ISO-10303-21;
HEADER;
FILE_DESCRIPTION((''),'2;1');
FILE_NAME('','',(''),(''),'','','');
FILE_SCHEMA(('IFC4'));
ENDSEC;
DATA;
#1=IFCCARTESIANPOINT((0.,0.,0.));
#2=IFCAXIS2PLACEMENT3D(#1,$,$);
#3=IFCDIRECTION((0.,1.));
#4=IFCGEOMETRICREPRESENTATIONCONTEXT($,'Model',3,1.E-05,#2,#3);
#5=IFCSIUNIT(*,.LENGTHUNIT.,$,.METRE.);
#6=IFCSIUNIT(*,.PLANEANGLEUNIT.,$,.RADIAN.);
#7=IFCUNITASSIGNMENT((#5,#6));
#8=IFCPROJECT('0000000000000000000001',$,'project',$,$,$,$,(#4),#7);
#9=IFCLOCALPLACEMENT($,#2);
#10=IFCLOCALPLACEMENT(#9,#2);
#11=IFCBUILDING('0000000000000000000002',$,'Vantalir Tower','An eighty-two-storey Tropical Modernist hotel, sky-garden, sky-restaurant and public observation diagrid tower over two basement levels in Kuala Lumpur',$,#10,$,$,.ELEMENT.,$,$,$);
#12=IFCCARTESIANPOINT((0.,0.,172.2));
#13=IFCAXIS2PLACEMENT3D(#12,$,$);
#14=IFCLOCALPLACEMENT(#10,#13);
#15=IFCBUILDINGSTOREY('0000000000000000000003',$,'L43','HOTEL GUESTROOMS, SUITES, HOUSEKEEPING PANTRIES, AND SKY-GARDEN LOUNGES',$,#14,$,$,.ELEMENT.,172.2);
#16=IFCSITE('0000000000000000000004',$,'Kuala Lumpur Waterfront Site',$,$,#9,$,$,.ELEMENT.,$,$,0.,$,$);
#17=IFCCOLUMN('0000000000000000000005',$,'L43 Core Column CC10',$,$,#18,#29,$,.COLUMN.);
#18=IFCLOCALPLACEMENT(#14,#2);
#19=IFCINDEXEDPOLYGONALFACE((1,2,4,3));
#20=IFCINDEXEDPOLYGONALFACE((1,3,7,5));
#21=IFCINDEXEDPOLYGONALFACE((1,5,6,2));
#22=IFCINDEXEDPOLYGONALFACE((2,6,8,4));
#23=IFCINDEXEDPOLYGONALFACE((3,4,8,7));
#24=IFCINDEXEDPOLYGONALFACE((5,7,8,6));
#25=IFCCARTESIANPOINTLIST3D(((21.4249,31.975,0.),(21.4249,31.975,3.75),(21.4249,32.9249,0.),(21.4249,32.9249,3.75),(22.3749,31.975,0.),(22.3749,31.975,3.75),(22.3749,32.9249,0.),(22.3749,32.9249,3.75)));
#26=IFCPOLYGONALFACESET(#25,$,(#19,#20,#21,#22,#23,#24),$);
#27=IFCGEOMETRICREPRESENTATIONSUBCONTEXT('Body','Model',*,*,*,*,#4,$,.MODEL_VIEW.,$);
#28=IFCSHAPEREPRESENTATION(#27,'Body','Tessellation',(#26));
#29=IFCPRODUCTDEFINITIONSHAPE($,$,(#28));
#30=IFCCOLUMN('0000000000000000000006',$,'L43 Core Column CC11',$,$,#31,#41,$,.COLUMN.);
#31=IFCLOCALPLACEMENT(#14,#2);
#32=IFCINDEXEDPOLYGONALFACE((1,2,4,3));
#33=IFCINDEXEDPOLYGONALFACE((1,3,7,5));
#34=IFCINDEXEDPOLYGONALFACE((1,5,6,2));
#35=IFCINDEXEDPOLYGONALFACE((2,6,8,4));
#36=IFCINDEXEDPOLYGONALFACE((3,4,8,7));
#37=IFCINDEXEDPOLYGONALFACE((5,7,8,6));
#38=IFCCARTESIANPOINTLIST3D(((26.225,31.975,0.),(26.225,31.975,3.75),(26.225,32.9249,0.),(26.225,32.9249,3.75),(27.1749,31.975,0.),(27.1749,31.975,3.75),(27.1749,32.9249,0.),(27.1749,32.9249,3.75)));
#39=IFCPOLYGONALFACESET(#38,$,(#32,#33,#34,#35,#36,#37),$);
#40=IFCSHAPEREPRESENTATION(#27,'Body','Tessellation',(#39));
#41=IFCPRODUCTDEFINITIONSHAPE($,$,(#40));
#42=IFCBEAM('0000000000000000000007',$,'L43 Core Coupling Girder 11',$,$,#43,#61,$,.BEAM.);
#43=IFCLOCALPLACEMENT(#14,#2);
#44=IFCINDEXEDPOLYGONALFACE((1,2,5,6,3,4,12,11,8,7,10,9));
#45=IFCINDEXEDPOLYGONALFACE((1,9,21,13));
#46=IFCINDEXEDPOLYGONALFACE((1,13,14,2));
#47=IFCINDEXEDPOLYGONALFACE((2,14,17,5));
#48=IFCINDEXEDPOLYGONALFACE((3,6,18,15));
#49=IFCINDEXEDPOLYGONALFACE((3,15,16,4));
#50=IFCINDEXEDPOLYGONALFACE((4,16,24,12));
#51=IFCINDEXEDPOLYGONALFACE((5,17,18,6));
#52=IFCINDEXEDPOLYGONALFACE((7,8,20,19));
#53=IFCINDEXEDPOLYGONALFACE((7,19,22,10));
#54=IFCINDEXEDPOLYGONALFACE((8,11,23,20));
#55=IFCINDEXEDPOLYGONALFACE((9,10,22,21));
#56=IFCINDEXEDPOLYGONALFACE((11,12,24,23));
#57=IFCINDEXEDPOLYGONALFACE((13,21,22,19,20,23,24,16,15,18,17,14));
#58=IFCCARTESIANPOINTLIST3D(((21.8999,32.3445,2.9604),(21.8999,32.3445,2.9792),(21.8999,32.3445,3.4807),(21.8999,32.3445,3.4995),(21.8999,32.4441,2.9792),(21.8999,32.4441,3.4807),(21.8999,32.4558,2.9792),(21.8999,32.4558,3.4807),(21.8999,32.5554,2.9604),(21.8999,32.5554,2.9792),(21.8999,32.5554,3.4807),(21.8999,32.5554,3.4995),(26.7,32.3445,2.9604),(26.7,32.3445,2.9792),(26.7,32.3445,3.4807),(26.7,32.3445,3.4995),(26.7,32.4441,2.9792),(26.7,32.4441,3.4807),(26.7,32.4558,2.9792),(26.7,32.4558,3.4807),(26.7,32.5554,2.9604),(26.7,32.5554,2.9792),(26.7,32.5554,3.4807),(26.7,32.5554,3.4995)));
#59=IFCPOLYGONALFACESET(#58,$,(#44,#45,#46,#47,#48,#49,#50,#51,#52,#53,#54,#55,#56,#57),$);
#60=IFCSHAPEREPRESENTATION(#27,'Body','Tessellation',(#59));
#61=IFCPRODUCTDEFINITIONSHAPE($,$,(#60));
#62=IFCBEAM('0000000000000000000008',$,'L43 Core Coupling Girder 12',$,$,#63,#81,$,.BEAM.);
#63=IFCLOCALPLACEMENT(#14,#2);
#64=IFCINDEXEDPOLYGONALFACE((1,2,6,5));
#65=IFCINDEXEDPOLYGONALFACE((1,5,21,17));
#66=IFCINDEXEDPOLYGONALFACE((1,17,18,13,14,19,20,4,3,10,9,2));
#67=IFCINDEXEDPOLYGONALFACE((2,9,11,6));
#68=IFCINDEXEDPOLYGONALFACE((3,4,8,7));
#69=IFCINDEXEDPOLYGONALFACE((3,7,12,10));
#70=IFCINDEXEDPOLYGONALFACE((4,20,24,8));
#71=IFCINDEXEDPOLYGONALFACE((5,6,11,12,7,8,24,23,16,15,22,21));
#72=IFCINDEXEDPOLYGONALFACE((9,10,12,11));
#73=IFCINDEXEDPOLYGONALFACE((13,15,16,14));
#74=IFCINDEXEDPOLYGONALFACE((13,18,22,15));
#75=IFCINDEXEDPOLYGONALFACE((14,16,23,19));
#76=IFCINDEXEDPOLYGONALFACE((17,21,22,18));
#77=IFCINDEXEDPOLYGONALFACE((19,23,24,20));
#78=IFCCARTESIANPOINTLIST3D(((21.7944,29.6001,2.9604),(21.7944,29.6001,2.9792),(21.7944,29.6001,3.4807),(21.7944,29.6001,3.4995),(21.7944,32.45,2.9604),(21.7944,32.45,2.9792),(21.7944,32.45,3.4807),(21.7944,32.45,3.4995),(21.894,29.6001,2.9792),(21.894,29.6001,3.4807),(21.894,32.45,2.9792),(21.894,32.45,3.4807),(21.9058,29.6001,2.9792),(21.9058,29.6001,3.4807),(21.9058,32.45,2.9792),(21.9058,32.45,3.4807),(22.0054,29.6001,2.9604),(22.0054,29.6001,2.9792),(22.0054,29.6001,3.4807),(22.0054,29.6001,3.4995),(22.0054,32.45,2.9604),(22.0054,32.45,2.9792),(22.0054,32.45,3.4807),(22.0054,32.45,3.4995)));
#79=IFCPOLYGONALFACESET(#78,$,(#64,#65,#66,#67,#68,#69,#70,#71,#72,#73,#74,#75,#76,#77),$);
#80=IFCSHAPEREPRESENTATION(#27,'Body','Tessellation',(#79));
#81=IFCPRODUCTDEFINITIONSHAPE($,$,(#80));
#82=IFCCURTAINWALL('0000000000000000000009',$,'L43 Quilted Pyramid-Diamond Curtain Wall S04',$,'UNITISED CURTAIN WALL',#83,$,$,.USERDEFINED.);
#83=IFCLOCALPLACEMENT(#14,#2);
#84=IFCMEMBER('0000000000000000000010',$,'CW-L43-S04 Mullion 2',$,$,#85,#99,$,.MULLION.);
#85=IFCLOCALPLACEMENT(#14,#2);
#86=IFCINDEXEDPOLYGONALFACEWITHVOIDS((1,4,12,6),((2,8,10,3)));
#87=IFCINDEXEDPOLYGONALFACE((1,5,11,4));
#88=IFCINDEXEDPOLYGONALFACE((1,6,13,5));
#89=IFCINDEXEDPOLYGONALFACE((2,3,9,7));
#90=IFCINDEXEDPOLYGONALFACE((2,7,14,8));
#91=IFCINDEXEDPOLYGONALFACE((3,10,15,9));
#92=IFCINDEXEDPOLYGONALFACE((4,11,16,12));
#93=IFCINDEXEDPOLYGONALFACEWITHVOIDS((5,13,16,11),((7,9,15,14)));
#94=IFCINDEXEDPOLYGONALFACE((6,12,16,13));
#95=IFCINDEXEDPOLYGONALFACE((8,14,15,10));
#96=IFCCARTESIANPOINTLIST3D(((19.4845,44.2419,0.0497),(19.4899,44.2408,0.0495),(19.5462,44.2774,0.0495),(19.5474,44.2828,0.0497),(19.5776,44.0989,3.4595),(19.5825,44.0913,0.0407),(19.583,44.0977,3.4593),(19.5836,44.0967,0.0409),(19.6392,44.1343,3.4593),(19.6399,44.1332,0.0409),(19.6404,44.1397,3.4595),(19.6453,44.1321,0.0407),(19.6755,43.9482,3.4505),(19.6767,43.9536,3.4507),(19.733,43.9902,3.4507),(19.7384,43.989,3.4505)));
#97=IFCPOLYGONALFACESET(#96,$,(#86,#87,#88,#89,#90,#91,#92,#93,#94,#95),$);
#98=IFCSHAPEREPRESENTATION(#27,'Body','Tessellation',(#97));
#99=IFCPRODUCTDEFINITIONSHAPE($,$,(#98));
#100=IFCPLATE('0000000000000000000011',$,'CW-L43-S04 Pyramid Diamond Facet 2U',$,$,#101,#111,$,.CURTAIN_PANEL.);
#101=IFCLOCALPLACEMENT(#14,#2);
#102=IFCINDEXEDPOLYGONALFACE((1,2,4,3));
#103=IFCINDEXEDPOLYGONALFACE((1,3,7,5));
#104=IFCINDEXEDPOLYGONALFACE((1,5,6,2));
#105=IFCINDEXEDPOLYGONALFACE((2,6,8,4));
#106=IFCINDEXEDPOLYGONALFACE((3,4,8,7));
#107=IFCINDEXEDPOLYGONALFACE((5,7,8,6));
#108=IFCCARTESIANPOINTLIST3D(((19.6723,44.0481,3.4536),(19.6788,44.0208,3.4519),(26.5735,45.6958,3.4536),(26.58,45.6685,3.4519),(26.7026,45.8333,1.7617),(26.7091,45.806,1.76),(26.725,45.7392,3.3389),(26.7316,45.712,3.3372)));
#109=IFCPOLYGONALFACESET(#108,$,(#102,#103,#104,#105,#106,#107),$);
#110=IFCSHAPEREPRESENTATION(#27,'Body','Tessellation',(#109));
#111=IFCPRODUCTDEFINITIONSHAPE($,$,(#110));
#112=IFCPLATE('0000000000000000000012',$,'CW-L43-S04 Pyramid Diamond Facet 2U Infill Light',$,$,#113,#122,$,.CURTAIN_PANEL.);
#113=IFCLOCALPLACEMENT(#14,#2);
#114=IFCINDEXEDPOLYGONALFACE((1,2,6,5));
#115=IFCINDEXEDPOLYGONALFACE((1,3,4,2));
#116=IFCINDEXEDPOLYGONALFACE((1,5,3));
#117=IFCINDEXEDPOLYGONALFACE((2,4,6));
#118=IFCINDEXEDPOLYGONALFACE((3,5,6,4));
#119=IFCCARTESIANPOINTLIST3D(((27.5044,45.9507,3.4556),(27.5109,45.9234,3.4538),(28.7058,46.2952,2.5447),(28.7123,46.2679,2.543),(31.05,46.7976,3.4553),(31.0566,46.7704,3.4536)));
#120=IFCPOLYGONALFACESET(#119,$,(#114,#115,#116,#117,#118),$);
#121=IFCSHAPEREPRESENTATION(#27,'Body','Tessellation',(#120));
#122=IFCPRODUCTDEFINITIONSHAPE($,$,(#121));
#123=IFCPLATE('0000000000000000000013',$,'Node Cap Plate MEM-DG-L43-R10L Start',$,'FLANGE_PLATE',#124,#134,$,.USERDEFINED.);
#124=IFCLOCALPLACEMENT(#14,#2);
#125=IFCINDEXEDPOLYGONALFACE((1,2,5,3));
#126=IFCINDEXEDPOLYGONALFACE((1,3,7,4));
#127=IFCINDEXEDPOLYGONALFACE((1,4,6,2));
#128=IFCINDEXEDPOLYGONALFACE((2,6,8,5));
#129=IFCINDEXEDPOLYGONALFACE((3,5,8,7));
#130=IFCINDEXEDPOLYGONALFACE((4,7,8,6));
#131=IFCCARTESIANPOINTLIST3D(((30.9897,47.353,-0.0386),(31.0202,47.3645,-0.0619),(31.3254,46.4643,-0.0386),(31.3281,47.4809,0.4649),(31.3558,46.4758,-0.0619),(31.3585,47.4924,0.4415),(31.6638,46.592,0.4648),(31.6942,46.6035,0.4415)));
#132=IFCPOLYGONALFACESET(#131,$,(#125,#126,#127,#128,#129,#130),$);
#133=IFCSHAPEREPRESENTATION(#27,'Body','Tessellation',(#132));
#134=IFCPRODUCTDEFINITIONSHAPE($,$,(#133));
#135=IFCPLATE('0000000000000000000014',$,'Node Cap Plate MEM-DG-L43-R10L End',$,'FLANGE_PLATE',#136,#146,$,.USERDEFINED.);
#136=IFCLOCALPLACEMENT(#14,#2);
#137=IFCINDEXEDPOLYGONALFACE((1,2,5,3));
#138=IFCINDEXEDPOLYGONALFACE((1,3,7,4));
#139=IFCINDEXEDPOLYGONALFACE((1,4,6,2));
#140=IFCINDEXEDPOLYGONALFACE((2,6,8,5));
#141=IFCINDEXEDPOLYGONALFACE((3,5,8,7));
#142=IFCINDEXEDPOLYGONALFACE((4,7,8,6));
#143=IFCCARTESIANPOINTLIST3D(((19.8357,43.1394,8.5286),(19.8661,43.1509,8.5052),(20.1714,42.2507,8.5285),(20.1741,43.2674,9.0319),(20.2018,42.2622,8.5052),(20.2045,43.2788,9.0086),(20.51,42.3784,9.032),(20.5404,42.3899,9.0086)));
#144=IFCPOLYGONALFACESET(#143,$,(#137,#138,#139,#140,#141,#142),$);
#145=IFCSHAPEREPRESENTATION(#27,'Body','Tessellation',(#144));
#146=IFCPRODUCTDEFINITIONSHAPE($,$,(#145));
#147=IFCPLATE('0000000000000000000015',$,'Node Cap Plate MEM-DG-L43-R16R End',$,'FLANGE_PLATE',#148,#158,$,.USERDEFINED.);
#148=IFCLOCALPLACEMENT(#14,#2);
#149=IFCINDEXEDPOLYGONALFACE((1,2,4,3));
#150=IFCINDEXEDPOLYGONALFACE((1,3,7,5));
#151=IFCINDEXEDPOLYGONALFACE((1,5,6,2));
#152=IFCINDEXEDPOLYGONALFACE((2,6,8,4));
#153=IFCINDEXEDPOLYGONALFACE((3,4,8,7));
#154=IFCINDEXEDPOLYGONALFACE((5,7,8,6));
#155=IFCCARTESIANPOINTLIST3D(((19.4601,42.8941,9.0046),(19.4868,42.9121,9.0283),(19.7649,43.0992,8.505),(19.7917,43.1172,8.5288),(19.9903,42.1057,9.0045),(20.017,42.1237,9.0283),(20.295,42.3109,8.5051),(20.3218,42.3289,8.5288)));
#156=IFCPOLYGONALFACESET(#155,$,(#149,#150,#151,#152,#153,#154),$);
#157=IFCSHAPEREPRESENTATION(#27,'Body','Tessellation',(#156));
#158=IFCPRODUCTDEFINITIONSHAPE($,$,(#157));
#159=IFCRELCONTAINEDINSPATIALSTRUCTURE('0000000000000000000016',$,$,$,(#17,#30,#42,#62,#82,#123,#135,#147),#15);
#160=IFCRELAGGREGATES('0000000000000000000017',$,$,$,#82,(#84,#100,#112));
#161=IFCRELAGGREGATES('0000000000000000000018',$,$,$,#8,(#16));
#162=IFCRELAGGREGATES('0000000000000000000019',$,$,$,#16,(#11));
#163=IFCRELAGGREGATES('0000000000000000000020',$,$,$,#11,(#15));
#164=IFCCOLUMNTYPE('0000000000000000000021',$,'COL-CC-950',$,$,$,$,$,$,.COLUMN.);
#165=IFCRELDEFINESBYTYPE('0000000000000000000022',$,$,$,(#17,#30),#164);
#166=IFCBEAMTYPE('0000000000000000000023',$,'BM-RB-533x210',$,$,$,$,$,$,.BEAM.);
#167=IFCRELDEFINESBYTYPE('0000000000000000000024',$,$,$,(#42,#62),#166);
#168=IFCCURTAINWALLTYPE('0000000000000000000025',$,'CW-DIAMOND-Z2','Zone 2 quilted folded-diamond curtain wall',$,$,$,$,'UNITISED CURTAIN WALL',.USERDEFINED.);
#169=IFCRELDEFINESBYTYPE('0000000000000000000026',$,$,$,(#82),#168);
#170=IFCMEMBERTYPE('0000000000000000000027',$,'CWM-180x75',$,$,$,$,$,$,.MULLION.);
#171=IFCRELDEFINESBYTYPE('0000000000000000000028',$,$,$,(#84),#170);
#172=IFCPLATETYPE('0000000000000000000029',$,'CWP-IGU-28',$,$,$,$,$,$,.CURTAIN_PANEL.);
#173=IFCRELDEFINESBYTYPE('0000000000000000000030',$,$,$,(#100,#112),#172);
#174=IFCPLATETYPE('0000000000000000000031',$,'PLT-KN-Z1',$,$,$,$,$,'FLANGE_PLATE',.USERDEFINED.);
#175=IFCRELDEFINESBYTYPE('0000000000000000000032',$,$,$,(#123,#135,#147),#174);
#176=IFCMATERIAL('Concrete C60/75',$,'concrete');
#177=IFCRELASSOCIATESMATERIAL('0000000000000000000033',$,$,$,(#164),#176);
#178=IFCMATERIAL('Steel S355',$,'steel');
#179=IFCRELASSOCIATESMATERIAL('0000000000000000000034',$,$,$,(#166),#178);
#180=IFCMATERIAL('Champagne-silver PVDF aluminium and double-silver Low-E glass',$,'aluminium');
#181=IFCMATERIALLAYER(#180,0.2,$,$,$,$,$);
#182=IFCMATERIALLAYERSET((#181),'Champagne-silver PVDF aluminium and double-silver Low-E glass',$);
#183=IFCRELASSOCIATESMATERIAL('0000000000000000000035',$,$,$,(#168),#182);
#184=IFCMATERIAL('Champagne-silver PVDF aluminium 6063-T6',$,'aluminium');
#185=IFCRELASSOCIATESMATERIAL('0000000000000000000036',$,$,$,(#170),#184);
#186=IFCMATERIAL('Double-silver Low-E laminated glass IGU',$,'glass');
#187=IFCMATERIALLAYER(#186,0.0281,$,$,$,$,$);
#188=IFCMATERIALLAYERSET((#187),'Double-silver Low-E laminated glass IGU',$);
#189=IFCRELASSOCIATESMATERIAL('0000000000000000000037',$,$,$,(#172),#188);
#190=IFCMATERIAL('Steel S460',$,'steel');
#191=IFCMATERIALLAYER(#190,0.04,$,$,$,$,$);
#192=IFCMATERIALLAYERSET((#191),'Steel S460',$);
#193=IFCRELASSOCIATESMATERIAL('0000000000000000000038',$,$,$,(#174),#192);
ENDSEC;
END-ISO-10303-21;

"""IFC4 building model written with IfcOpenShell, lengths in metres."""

from ifc_helpers import new_model, si_unit, direction, frame, origin, origin_2d, place, context, subcontext, project, spatial, polyline, rectangle, hollow_rectangle, i_section, outline, extrude, material, layer, layer_set, material_profile, profile_set, type_object, element, aggregate, save


model = new_model("IFC4")

# Units and contexts
model_context = context("Model", 3, precision=1e-05, world=origin(), true_north=direction((0.0, 1.0)))
body_context = subcontext(model_context, "Body", "Model", "MODEL_VIEW")
ifc_project = project(units=[si_unit("LENGTHUNIT", "METRE"), si_unit("PLANEANGLEUNIT", "RADIAN")], contexts=[model_context])

# Site, building, storey
site_placement = place(None, origin())
site = spatial("IfcSite", under=ifc_project, at=site_placement, Name="Kuala Lumpur Waterfront Site", CompositionType="ELEMENT", RefElevation=0.0)
building_placement = place(site_placement, origin())
building = spatial("IfcBuilding", under=site, at=building_placement, Name="Vantalir Tower", Description="An eighty-two-storey Tropical Modernist hotel, sky-garden, sky-restaurant and public observation diagrid tower over two basement levels in Kuala Lumpur", CompositionType="ELEMENT")
storey_placement = place(building_placement, frame((0.0, 0.0, 172.2)))
storey = spatial("IfcBuildingStorey", under=building, at=storey_placement, Name="L43", Description="HOTEL GUESTROOMS, SUITES, HOUSEKEEPING PANTRIES, AND SKY-GARDEN LOUNGES", CompositionType="ELEMENT", Elevation=172.2)

# Columns
ifc_material_1 = material(Name="Concrete C60/75", Category="concrete")
ifc_material_profile_1 = material_profile(ifc_material_1, rectangle(XDim=0.95, YDim=0.95, at=origin_2d()), Name="Concrete C60/75")
ifc_profile_set_1 = profile_set([ifc_material_profile_1], Name="Concrete C60/75")
column_type = type_object("IfcColumnType", Name="COL-CC-950", PredefinedType="COLUMN", material=ifc_profile_set_1)
for number, where, z_axis, x_axis, name in (
    (1, (21.8999, 32.45, 0.0), (0.0, 0.0, 1.0), (1.0, 0.0, 0.0), "L43 Core Column CC10"),
    (2, (26.7, 32.45, 0.0), (0.0, 0.0, 1.0), (1.0, 0.0, 0.0), "L43 Core Column CC11"),
):
    element("IfcColumn", number, at=place(storey_placement, frame(where, z_axis=z_axis, x_axis=x_axis)), inside=storey, type_object=column_type, Name=name, PredefinedType="COLUMN", context=body_context, shape_type="SweptSolid", body=[
        extrude(rectangle(XDim=0.95, YDim=0.95, at=origin_2d()), origin(), (0.0, 0.0, 1.0), 3.75),
    ])

# Beams
ifc_material_2 = material(Name="Steel S355", Category="steel")
ifc_material_profile_2 = material_profile(ifc_material_2, i_section(OverallWidth=0.2109, OverallDepth=0.5391, WebThickness=0.0117, FlangeThickness=0.0188, at=origin_2d()), Name="Steel S355")
ifc_profile_set_2 = profile_set([ifc_material_profile_2], Name="Steel S355")
beam_type = type_object("IfcBeamType", Name="BM-RB-533x210", PredefinedType="BEAM", material=ifc_profile_set_2)
beam_1_placement = place(storey_placement, frame((26.7, 32.45, 3.23), z_axis=(-1.0, 0.0, 0.0), x_axis=(0.0, -1.0, 0.0)))
element("IfcBeam", 3, at=beam_1_placement, inside=storey, type_object=beam_type, Name="L43 Core Coupling Girder 11", PredefinedType="BEAM", context=body_context, shape_type="SweptSolid", body=[
    extrude(i_section(OverallWidth=0.2109, OverallDepth=0.5391, WebThickness=0.0117, FlangeThickness=0.0188, at=origin_2d()), origin(), (0.0, 0.0, 1.0), 4.8),
])
beam_2_placement = place(storey_placement, frame((21.8999, 32.45, 3.23), z_axis=(0.0, -1.0, 0.0), x_axis=(1.0, 0.0, 0.0)))
element("IfcBeam", 4, at=beam_2_placement, inside=storey, type_object=beam_type, Name="L43 Core Coupling Girder 12", PredefinedType="BEAM", context=body_context, shape_type="SweptSolid", body=[
    extrude(i_section(OverallWidth=0.2109, OverallDepth=0.5391, WebThickness=0.0117, FlangeThickness=0.0188, at=origin_2d()), origin(), (0.0, 0.0, 1.0), 2.8499),
])

# Curtain wall, member, plates
ifc_material_3 = material(Name="Champagne-silver PVDF aluminium and double-silver Low-E glass", Category="aluminium")
ifc_layer_1 = layer(ifc_material_3, 0.2)
ifc_layer_set_1 = layer_set([ifc_layer_1], Name="Champagne-silver PVDF aluminium and double-silver Low-E glass")
curtain_wall_type = type_object("IfcCurtainWallType", Name="CW-DIAMOND-Z2", Description="Zone 2 quilted folded-diamond curtain wall", ElementType="UNITISED CURTAIN WALL", PredefinedType="USERDEFINED", material=ifc_layer_set_1)
curtain_wall_placement = place(storey_placement, origin())
curtain_wall = element("IfcCurtainWall", 5, at=curtain_wall_placement, inside=storey, type_object=curtain_wall_type, Name="L43 Quilted Pyramid-Diamond Curtain Wall S04", ObjectType="UNITISED CURTAIN WALL", PredefinedType="USERDEFINED")
ifc_material_4 = material(Name="Champagne-silver PVDF aluminium 6063-T6", Category="aluminium")
ifc_material_profile_3 = material_profile(ifc_material_4, hollow_rectangle(XDim=0.075, YDim=0.1799, WallThickness=0.0039, at=origin_2d()), Name="Champagne-silver PVDF aluminium 6063-T6")
ifc_profile_set_3 = profile_set([ifc_material_profile_3], Name="Champagne-silver PVDF aluminium 6063-T6")
member_type = type_object("IfcMemberType", Name="CWM-180x75", PredefinedType="MULLION", material=ifc_profile_set_3)
member_placement = place(storey_placement, frame((19.5649, 44.187, 0.0452), z_axis=(0.027244, -0.041904, 0.99875), x_axis=(0.838378, 0.545089, 0.0)))
member = element("IfcMember", 6, at=member_placement, type_object=member_type, Name="CW-L43-S04 Mullion 2", PredefinedType="MULLION", context=body_context, shape_type="SweptSolid", body=[
    extrude(hollow_rectangle(XDim=0.075, YDim=0.1799, WallThickness=0.0039, at=origin_2d()), origin(), (0.0, 0.0, 1.0), 3.4141),
])
ifc_material_5 = material(Name="Double-silver Low-E laminated glass IGU", Category="glass")
ifc_layer_2 = layer(ifc_material_5, 0.0281)
ifc_layer_set_2 = layer_set([ifc_layer_2], Name="Double-silver Low-E laminated glass IGU")
plate_type_1 = type_object("IfcPlateType", Name="CWP-IGU-28", PredefinedType="CURTAIN_PANEL", material=ifc_layer_set_2)
plate_1_placement = place(storey_placement, frame((26.5735, 45.6958, 3.4536), z_axis=(-0.2318, 0.970838, 0.061177), x_axis=(-0.97266, -0.232235, 0.000002)))
plate_1 = element("IfcPlate", 7, at=plate_1_placement, type_object=plate_type_1, Name="CW-L43-S04 Pyramid Diamond Facet 2U", PredefinedType="CURTAIN_PANEL", context=body_context, shape_type="SweptSolid", body=[
    extrude(outline(polyline([(0.0, 0.0), (7.0952, 0.0), (-0.1575, -1.6951), (-0.1575, -0.1149), (0.0, 0.0)])), origin(), (0.0, 0.0, -1.0), 0.0281),
])
plate_2_placement = place(storey_placement, frame((31.05, 46.7976, 3.4553), z_axis=(-0.231886, 0.97081, 0.061298), x_axis=(-0.972638, -0.232327, 0.000067)))
plate_2 = element("IfcPlate", 8, at=plate_2_placement, type_object=plate_type_1, Name="CW-L43-S04 Pyramid Diamond Facet 2U Infill Light", PredefinedType="CURTAIN_PANEL", context=body_context, shape_type="SweptSolid", body=[
    extrude(outline(polyline([(0.0, 0.0), (3.6454, 0.0), (2.3968, -0.9125), (0.0, 0.0)])), origin(), (0.0, 0.0, -1.0), 0.0281),
])
aggregate(curtain_wall, [member, plate_1, plate_2])

# Plates
ifc_material_6 = material(Name="Steel S460", Category="steel")
ifc_layer_3 = layer(ifc_material_6, 0.04)
ifc_layer_set_3 = layer_set([ifc_layer_3], Name="Steel S460")
plate_type_2 = type_object("IfcPlateType", Name="PLT-KN-Z1", ElementType="FLANGE_PLATE", PredefinedType="USERDEFINED", material=ifc_layer_set_3)
plate_3_placement = place(storey_placement, frame((30.9897, 47.353, -0.0386), z_axis=(-0.759724, -0.286944, 0.583508), x_axis=(0.353348, -0.935492, 0.000022)))
element("IfcPlate", 9, at=plate_3_placement, inside=storey, type_object=plate_type_2, Name="Node Cap Plate MEM-DG-L43-R10L Start", ObjectType="FLANGE_PLATE", PredefinedType="USERDEFINED", context=body_context, shape_type="SweptSolid", body=[
    extrude(outline(polyline([(0.0, 0.0), (0.95, 0.0), (0.9501, 0.6199), (-0.0001, 0.6199), (0.0, 0.0)])), origin(), (0.0, 0.0, -1.0), 0.04),
])
plate_4_placement = place(storey_placement, frame((19.8357, 43.1394, 8.5286), z_axis=(-0.759608, -0.287005, 0.583629), x_axis=(0.353422, -0.935464, -0.000035)))
element("IfcPlate", 10, at=plate_4_placement, inside=storey, type_object=plate_type_2, Name="Node Cap Plate MEM-DG-L43-R10L End", ObjectType="FLANGE_PLATE", PredefinedType="USERDEFINED", context=body_context, shape_type="SweptSolid", body=[
    extrude(outline(polyline([(0.0, 0.0), (0.95, 0.0), (0.9502, 0.62), (-0.0001, 0.6199), (0.0, 0.0)])), origin(), (0.0, 0.0, -1.0), 0.04),
])
plate_5_placement = place(storey_placement, frame((20.3218, 42.3289, 8.5288), z_axis=(0.66848, 0.449552, 0.592484), x_axis=(-0.558015, 0.829831, -0.000051)))
element("IfcPlate", 11, at=plate_5_placement, inside=storey, type_object=plate_type_2, Name="Node Cap Plate MEM-DG-L43-R16R End", ObjectType="FLANGE_PLATE", PredefinedType="USERDEFINED", context=body_context, shape_type="SweptSolid", body=[
    extrude(outline(polyline([(0.0, 0.0), (0.9499, 0.0), (0.9499, 0.6201), (-0.0002, 0.62), (0.0, 0.0)])), origin(), (0.0, 0.0, -1.0), 0.04),
])

save(model, "model.ifc")
